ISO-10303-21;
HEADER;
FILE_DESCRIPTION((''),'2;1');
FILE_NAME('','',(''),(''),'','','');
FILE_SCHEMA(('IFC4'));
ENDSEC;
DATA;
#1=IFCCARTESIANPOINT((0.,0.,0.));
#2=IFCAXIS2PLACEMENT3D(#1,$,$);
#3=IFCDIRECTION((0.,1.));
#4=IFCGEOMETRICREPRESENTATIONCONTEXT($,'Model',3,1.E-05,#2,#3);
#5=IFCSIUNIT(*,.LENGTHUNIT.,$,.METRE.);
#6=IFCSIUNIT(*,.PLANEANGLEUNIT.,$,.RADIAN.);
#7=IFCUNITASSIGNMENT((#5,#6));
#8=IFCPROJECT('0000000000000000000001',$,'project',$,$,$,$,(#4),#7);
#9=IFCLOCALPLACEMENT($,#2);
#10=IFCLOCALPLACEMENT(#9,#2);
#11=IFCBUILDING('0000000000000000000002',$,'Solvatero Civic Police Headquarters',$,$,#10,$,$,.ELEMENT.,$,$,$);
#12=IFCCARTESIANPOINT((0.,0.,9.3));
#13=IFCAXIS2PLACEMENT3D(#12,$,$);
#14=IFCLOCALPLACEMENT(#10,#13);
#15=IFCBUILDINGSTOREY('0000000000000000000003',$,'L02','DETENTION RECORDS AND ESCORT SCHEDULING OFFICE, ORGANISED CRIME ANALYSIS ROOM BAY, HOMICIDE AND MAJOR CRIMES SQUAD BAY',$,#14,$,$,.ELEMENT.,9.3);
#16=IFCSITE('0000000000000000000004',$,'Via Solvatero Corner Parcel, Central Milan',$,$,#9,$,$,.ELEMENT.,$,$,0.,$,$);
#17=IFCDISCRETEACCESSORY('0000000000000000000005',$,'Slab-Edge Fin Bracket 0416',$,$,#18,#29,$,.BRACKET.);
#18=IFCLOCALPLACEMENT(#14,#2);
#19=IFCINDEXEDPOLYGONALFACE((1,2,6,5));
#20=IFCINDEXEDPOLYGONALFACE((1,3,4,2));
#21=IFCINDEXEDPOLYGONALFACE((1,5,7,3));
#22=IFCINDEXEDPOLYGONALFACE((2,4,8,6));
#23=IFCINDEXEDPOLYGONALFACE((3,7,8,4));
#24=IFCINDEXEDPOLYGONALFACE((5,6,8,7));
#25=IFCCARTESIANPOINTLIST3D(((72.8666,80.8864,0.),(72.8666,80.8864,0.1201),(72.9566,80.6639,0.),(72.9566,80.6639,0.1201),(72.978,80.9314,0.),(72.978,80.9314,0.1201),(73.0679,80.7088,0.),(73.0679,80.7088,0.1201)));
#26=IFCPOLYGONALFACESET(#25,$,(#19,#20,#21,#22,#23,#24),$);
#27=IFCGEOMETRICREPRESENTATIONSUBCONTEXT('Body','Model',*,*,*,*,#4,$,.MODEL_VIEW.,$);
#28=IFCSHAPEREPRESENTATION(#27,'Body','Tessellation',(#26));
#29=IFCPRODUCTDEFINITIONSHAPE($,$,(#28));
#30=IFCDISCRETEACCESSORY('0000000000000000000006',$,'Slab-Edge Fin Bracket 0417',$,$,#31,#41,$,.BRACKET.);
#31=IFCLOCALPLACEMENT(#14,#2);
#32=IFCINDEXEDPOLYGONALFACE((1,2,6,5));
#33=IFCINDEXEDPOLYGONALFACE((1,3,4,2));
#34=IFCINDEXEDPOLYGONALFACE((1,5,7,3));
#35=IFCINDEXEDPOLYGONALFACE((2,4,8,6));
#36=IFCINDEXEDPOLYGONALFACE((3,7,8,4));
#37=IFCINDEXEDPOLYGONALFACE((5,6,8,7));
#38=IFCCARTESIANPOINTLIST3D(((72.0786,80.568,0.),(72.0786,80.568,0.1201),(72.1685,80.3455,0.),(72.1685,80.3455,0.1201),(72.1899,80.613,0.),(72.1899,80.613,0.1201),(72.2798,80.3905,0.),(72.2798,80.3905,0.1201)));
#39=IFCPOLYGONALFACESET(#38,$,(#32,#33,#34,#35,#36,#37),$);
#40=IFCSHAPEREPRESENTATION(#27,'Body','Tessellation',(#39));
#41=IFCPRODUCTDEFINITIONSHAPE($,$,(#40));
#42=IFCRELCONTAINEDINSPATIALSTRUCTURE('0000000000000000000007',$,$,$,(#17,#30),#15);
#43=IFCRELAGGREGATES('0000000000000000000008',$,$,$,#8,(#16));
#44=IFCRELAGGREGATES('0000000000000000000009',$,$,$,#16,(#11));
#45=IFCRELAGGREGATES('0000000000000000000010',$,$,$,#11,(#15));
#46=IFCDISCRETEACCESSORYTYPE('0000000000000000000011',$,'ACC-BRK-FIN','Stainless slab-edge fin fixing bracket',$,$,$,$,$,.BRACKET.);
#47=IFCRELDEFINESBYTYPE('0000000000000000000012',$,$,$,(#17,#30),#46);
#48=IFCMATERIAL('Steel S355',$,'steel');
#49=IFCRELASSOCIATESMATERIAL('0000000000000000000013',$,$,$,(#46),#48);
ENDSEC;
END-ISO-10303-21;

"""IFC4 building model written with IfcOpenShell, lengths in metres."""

from ifc_helpers import new_model, si_unit, direction, frame, origin, origin_2d, place, context, subcontext, project, spatial, rectangle, extrude, material, type_object, element, save


model = new_model("IFC4")

# Units and contexts
model_context = context("Model", 3, precision=1e-05, world=origin(), true_north=direction((0.0, 1.0)))
body_context = subcontext(model_context, "Body", "Model", "MODEL_VIEW")
ifc_project = project(units=[si_unit("LENGTHUNIT", "METRE"), si_unit("PLANEANGLEUNIT", "RADIAN")], contexts=[model_context])

# Site, building, storey
site_placement = place(None, origin())
site = spatial("IfcSite", under=ifc_project, at=site_placement, Name="Via Solvatero Corner Parcel, Central Milan", CompositionType="ELEMENT", RefElevation=0.0)
building_placement = place(site_placement, origin())
building = spatial("IfcBuilding", under=site, at=building_placement, Name="Solvatero Civic Police Headquarters", CompositionType="ELEMENT")
storey_placement = place(building_placement, frame((0.0, 0.0, 9.3)))
storey = spatial("IfcBuildingStorey", under=building, at=storey_placement, Name="L02", Description="DETENTION RECORDS AND ESCORT SCHEDULING OFFICE, ORGANISED CRIME ANALYSIS ROOM BAY, HOMICIDE AND MAJOR CRIMES SQUAD BAY", CompositionType="ELEMENT", Elevation=9.3)

# Shared definitions
ifc_material_1 = material(Name="Steel S355", Category="steel")

# Discrete accessories
discrete_accessory_type = type_object("IfcDiscreteAccessoryType", Name="ACC-BRK-FIN", Description="Stainless slab-edge fin fixing bracket", PredefinedType="BRACKET", material=ifc_material_1)
for number, where, z_axis, x_axis, name in (
    (1, (72.9673, 80.7976, 0.0), (0.0, 0.0, 1.0), (-0.927184, -0.374607, 0.0), "Slab-Edge Fin Bracket 0416"),
    (2, (72.1792, 80.4792, 0.0), (0.0, 0.0, 1.0), (-0.927184, -0.374607, 0.0), "Slab-Edge Fin Bracket 0417"),
):
    element("IfcDiscreteAccessory", number, at=place(storey_placement, frame(where, z_axis=z_axis, x_axis=x_axis)), inside=storey, type_object=discrete_accessory_type, Name=name, PredefinedType="BRACKET", context=body_context, shape_type="SweptSolid", body=[
        extrude(rectangle(XDim=0.1201, YDim=0.24, at=origin_2d()), origin(), (0.0, 0.0, 1.0), 0.1201),
    ])

save(model, "model.ifc")
